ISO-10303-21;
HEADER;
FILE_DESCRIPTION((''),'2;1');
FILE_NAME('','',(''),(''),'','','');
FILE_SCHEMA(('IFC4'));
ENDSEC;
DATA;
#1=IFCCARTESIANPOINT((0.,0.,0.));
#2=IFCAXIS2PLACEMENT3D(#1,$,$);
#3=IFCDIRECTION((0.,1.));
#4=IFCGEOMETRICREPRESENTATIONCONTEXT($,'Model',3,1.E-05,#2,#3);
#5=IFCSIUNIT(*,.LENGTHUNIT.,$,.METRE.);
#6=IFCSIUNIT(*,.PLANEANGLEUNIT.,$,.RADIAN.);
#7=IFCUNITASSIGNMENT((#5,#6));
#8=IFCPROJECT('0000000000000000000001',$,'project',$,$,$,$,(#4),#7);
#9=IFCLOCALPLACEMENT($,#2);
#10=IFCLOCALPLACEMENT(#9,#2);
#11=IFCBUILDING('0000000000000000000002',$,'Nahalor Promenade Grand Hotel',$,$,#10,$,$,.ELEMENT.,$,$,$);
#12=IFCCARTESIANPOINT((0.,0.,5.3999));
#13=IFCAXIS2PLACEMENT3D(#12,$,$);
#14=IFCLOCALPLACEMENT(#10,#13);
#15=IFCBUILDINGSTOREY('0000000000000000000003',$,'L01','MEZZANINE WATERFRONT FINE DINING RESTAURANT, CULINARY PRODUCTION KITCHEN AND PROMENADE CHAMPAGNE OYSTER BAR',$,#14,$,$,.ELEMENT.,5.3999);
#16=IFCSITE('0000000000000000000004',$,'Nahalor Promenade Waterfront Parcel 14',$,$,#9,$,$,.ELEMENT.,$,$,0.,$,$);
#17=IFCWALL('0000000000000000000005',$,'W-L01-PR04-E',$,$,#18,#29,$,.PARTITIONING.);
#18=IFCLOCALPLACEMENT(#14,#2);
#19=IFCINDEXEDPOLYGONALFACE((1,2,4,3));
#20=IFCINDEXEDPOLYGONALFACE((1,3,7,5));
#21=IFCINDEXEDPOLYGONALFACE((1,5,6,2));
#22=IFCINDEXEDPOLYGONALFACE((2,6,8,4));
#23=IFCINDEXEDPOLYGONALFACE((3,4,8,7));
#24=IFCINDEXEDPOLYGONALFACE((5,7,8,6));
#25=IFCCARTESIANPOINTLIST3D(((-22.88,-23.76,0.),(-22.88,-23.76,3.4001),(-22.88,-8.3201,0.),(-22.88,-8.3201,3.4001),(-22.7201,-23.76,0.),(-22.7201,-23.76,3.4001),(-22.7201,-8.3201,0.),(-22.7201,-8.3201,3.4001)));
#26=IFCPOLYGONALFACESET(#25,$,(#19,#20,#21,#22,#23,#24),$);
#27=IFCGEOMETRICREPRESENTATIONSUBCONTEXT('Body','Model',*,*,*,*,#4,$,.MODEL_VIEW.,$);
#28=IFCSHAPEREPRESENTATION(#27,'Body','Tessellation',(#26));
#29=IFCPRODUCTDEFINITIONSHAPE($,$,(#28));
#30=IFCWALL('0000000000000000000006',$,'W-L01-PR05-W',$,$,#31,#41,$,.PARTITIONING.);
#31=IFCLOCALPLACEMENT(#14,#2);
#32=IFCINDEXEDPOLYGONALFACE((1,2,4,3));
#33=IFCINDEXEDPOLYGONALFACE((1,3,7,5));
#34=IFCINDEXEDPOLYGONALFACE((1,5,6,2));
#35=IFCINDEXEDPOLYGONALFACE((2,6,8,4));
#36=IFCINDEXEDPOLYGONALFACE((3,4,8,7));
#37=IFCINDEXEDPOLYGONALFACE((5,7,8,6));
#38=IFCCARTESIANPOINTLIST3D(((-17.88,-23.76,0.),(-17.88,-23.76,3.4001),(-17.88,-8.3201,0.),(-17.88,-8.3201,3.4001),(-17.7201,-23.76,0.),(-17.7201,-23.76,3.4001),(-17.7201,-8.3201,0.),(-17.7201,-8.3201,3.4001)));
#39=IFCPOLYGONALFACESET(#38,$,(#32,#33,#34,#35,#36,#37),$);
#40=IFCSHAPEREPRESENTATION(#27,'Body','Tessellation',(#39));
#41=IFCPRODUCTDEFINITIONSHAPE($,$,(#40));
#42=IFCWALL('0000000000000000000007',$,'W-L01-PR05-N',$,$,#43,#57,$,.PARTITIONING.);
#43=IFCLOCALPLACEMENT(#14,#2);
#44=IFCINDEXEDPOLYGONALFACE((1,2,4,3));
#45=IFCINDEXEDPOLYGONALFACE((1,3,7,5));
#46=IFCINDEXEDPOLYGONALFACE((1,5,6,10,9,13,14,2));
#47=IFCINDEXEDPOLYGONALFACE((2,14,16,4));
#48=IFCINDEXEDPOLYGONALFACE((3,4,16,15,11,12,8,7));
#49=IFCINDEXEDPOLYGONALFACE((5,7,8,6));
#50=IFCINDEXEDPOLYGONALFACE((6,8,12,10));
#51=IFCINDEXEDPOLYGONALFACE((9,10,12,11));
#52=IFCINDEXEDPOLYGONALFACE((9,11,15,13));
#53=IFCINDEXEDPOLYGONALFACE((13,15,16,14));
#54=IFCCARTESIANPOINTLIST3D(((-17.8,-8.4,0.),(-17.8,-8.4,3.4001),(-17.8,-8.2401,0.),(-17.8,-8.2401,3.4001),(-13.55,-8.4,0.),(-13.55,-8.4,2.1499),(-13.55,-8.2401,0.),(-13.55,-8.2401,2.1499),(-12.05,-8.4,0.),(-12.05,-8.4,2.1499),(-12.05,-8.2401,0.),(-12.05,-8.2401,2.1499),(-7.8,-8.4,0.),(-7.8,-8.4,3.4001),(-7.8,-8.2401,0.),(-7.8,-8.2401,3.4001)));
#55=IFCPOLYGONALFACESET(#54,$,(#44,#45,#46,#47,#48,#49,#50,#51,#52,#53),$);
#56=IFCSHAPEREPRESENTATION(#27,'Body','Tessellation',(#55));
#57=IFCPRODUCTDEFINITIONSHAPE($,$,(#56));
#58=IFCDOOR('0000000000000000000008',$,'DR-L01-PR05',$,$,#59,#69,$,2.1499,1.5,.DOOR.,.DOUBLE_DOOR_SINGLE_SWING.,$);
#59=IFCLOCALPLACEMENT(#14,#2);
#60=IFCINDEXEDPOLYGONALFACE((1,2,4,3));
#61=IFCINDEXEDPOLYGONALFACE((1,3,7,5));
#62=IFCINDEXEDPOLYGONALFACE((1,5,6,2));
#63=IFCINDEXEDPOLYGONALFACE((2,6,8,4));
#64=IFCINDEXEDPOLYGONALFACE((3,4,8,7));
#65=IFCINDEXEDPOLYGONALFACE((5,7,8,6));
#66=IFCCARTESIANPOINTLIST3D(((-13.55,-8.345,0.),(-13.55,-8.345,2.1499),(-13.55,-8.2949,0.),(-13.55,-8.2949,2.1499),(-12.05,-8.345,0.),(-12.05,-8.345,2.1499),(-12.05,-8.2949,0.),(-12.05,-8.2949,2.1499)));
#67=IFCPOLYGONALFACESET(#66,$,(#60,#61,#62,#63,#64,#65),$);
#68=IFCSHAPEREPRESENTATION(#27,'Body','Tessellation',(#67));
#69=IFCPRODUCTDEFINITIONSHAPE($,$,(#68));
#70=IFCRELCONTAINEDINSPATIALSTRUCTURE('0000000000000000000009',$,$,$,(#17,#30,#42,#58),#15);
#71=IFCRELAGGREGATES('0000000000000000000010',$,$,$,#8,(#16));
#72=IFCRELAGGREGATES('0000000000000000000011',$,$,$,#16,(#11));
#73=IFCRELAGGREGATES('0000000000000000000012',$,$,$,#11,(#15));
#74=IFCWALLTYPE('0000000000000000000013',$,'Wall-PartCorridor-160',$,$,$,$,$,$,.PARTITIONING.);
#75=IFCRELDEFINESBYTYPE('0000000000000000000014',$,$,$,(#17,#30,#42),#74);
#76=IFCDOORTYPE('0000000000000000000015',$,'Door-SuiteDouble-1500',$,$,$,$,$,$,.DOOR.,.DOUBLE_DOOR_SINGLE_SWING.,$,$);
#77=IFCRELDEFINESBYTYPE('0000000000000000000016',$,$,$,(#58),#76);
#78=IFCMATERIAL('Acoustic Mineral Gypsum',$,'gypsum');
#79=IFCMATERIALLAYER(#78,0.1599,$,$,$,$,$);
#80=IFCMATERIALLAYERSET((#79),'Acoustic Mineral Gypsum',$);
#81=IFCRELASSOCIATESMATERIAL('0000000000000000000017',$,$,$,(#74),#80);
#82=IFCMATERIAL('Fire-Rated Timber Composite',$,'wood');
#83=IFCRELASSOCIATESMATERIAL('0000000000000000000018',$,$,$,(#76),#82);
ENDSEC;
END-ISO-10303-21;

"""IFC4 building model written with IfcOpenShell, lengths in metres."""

from ifc_helpers import new_model, si_unit, direction, frame, frame_2d, origin, place, context, subcontext, project, spatial, rectangle, extrude, source, transform, mapped, material, layer, layer_set, type_object, element, fill, save


model = new_model("IFC4")

# Units and contexts
model_context = context("Model", 3, precision=1e-05, world=origin(), true_north=direction((0.0, 1.0)))
body_context = subcontext(model_context, "Body", "Model", "MODEL_VIEW")
ifc_project = project(units=[si_unit("LENGTHUNIT", "METRE"), si_unit("PLANEANGLEUNIT", "RADIAN")], contexts=[model_context])

# Site, building, storey
site_placement = place(None, origin())
site = spatial("IfcSite", under=ifc_project, at=site_placement, Name="Nahalor Promenade Waterfront Parcel 14", CompositionType="ELEMENT", RefElevation=0.0)
building_placement = place(site_placement, origin())
building = spatial("IfcBuilding", under=site, at=building_placement, Name="Nahalor Promenade Grand Hotel", CompositionType="ELEMENT")
storey_placement = place(building_placement, frame((0.0, 0.0, 5.3999)))
storey = spatial("IfcBuildingStorey", under=building, at=storey_placement, Name="L01", Description="MEZZANINE WATERFRONT FINE DINING RESTAURANT, CULINARY PRODUCTION KITCHEN AND PROMENADE CHAMPAGNE OYSTER BAR", CompositionType="ELEMENT", Elevation=5.3999)

# Walls
ifc_material_1 = material(Name="Acoustic Mineral Gypsum", Category="gypsum")
ifc_layer_1 = layer(ifc_material_1, 0.1599)
ifc_layer_set_1 = layer_set([ifc_layer_1], Name="Acoustic Mineral Gypsum")
wall_type_1 = type_object("IfcWallType", Name="Wall-PartCorridor-160", PredefinedType="PARTITIONING", material=ifc_layer_set_1)
shared_shape_1 = source(origin(), body_context, "Body", "SweptSolid", [
    extrude(rectangle(XDim=15.4399, YDim=0.1599, at=frame_2d((7.72, 0.0))), origin(), (0.0, 0.0, 1.0), 3.4001),
])
for number, where, z_axis, x_axis, name in (
    (1, (-22.8, -23.76, 0.0), (0.0, 0.0, 1.0), (0.0, 1.0, 0.0), "W-L01-PR04-E"),
    (2, (-17.8, -23.76, 0.0), (0.0, 0.0, 1.0), (0.0, 1.0, 0.0), "W-L01-PR05-W"),
):
    element("IfcWall", number, at=place(storey_placement, frame(where, z_axis=z_axis, x_axis=x_axis)), inside=storey, type_object=wall_type_1, Name=name, PredefinedType="PARTITIONING", context=body_context, shape_type="MappedRepresentation", body=[
        mapped(shared_shape_1, transform((0.0, 0.0, 0.0), scale=1.0)),
    ])

# Wall, opening, door
shared_shape_2 = source(origin(), body_context, "Body", "SweptSolid", [
    extrude(rectangle(XDim=10.0, YDim=0.1599, at=frame_2d((5.0, 0.0))), origin(), (0.0, 0.0, 1.0), 3.4001),
])
wall_1_placement = place(storey_placement, frame((-17.8, -8.3201, 0.0), z_axis=(0.0, 0.0, 1.0), x_axis=(1.0, 0.0, 0.0)))
wall_1 = element("IfcWall", 3, at=wall_1_placement, inside=storey, type_object=wall_type_1, Name="W-L01-PR05-N", PredefinedType="PARTITIONING", context=body_context, shape_type="MappedRepresentation", body=[
    mapped(shared_shape_2, transform((0.0, 0.0, 0.0), scale=1.0)),
])
opening_1_placement = place(wall_1_placement, frame((4.25, 0.0, 0.0)))
opening_1 = element("IfcOpeningElement", 4, at=opening_1_placement, cuts=wall_1, PredefinedType="OPENING", context=body_context, shape_type="SweptSolid", body=[
    extrude(rectangle(XDim=1.5, YDim=2.1499, at=frame_2d((0.75, 1.075))), frame((0.0, 0.0898, 0.0), z_axis=(0.0, -1.0, 0.0), x_axis=(1.0, 0.0, 0.0)), (0.0, 0.0, 1.0), 0.1799),
])
ifc_material_2 = material(Name="Fire-Rated Timber Composite", Category="wood")
door_type_1 = type_object("IfcDoorType", Name="Door-SuiteDouble-1500", OperationType="DOUBLE_DOOR_SINGLE_SWING", PredefinedType="DOOR", material=ifc_material_2)
shared_shape_3 = source(origin(), body_context, "Body", "SweptSolid", [
    extrude(rectangle(XDim=1.5, YDim=2.1499, at=frame_2d((0.75, 1.075))), frame((0.0, 0.0249, 0.0), z_axis=(0.0, -1.0, 0.0), x_axis=(1.0, 0.0, 0.0)), (0.0, 0.0, 1.0), 0.05),
])
door_1_placement = place(opening_1_placement, frame((1.5, 0.0, 0.0), z_axis=(0.0, 0.0, 1.0), x_axis=(-1.0, 0.0, 0.0)))
door_1 = element("IfcDoor", 5, at=door_1_placement, inside=storey, type_object=door_type_1, Name="DR-L01-PR05", OperationType="DOUBLE_DOOR_SINGLE_SWING", OverallHeight=2.1499, OverallWidth=1.5, PredefinedType="DOOR", context=body_context, shape_type="MappedRepresentation", body=[
    mapped(shared_shape_3, transform((0.0, 0.0, 0.0), scale=1.0)),
])
fill(opening_1, door_1)

save(model, "model.ifc")
